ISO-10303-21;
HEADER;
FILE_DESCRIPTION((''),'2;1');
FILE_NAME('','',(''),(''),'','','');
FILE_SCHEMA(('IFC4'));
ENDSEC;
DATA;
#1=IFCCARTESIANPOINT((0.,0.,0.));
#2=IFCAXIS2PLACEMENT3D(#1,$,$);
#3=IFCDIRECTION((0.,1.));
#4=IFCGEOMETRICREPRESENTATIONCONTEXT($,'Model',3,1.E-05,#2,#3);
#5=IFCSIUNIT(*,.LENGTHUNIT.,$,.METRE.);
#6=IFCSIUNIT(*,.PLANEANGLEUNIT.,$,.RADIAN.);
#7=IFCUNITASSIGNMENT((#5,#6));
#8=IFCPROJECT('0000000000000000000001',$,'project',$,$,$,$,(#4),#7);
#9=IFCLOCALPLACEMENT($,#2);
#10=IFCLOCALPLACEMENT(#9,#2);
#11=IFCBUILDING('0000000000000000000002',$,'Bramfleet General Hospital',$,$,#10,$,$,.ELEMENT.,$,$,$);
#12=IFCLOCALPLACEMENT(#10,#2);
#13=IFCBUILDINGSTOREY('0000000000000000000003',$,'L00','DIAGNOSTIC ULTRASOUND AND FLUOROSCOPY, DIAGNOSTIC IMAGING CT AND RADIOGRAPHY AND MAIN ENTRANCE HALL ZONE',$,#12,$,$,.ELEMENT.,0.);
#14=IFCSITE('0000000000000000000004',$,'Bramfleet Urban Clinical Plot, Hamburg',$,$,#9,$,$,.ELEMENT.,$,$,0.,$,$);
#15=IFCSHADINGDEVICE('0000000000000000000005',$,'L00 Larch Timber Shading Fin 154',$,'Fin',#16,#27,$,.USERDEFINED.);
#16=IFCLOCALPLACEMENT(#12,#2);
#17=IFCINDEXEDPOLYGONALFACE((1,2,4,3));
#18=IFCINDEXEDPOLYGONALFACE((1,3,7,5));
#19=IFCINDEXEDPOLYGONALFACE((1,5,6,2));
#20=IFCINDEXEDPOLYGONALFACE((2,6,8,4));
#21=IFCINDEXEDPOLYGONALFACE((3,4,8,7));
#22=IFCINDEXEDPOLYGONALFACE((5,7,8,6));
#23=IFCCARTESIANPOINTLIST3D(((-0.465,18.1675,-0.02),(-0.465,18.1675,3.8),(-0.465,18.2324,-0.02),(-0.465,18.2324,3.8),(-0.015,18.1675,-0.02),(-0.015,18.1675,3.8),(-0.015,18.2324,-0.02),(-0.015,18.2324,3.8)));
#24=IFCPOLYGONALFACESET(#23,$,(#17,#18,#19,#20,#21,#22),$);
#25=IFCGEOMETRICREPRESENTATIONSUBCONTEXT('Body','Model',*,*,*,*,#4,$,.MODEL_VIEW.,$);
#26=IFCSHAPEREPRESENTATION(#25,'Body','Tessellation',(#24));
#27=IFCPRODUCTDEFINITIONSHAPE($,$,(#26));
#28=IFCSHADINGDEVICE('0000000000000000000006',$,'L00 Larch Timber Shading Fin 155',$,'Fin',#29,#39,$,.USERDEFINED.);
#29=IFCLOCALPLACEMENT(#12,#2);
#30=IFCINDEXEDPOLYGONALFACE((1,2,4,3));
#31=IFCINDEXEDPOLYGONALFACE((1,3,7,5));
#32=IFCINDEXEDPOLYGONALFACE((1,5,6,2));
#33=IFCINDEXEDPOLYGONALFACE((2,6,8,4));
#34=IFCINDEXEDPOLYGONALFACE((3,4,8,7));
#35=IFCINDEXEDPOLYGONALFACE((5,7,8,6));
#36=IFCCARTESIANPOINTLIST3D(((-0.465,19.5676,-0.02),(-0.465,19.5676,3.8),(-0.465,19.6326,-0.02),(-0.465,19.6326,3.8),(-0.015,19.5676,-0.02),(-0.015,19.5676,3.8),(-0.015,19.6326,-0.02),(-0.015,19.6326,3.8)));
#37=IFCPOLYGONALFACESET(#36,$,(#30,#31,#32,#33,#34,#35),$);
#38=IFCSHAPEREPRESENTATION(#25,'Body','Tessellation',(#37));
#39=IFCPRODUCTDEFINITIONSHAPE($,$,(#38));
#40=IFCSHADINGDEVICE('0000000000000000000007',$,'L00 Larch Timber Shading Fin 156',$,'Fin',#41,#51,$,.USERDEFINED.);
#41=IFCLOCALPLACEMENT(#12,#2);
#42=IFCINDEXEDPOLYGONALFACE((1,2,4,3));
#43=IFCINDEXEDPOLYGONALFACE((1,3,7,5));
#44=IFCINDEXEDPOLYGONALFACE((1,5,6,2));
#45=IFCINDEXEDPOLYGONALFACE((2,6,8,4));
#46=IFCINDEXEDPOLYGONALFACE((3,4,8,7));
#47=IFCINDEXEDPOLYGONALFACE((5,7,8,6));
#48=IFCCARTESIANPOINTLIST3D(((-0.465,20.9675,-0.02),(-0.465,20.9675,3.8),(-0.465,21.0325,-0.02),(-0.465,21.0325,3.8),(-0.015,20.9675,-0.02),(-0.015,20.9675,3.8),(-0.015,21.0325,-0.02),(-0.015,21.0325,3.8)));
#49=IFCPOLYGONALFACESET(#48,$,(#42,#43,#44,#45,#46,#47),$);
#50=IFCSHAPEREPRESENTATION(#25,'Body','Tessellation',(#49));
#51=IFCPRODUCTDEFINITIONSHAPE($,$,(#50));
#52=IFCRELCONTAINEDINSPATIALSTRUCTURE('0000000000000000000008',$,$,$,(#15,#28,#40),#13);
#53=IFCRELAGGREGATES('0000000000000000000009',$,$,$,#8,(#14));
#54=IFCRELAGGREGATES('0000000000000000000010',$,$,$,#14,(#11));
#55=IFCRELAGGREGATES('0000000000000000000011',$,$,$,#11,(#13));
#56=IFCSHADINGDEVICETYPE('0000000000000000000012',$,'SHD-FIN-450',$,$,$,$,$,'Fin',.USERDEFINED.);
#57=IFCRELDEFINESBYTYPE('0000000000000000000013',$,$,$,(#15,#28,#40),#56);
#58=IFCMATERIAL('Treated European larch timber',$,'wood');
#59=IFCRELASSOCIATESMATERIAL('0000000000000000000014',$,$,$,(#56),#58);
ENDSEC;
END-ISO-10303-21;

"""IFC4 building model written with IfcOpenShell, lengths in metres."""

from ifc_helpers import new_model, si_unit, direction, frame, origin, origin_2d, place, context, subcontext, project, spatial, rectangle, extrude, material, material_profile, profile_set, type_object, element, save


model = new_model("IFC4")

# Units and contexts
model_context = context("Model", 3, precision=1e-05, world=origin(), true_north=direction((0.0, 1.0)))
body_context = subcontext(model_context, "Body", "Model", "MODEL_VIEW")
ifc_project = project(units=[si_unit("LENGTHUNIT", "METRE"), si_unit("PLANEANGLEUNIT", "RADIAN")], contexts=[model_context])

# Site, building, storey
site_placement = place(None, origin())
site = spatial("IfcSite", under=ifc_project, at=site_placement, Name="Bramfleet Urban Clinical Plot, Hamburg", CompositionType="ELEMENT", RefElevation=0.0)
building_placement = place(site_placement, origin())
building = spatial("IfcBuilding", under=site, at=building_placement, Name="Bramfleet General Hospital", CompositionType="ELEMENT")
storey_placement = place(building_placement, origin())
storey = spatial("IfcBuildingStorey", under=building, at=storey_placement, Name="L00", Description="DIAGNOSTIC ULTRASOUND AND FLUOROSCOPY, DIAGNOSTIC IMAGING CT AND RADIOGRAPHY AND MAIN ENTRANCE HALL ZONE", CompositionType="ELEMENT", Elevation=0.0)

# Shading devices
ifc_material_1 = material(Name="Treated European larch timber", Category="wood")
ifc_material_profile_1 = material_profile(ifc_material_1, rectangle(XDim=0.0649, YDim=0.45, at=origin_2d()), Name="LARCH FIN 450x65")
ifc_profile_set_1 = profile_set([ifc_material_profile_1], Name="Treated European larch timber")
shading_device_type = type_object("IfcShadingDeviceType", Name="SHD-FIN-450", ElementType="Fin", PredefinedType="USERDEFINED", material=ifc_profile_set_1)
for number, where, z_axis, x_axis, name in (
    (1, (-0.24, 18.2, -0.02), (0.0, 0.0, 1.0), (0.0, 1.0, 0.0), "L00 Larch Timber Shading Fin 154"),
    (2, (-0.24, 19.6001, -0.02), (0.0, 0.0, 1.0), (0.0, 1.0, 0.0), "L00 Larch Timber Shading Fin 155"),
    (3, (-0.24, 21.0, -0.02), (0.0, 0.0, 1.0), (0.0, 1.0, 0.0), "L00 Larch Timber Shading Fin 156"),
):
    element("IfcShadingDevice", number, at=place(storey_placement, frame(where, z_axis=z_axis, x_axis=x_axis)), inside=storey, type_object=shading_device_type, Name=name, ObjectType="Fin", PredefinedType="USERDEFINED", context=body_context, shape_type="SweptSolid", body=[
        extrude(rectangle(XDim=0.0649, YDim=0.45, at=origin_2d()), origin(), (0.0, 0.0, 1.0), 3.8201),
    ])

save(model, "model.ifc")
